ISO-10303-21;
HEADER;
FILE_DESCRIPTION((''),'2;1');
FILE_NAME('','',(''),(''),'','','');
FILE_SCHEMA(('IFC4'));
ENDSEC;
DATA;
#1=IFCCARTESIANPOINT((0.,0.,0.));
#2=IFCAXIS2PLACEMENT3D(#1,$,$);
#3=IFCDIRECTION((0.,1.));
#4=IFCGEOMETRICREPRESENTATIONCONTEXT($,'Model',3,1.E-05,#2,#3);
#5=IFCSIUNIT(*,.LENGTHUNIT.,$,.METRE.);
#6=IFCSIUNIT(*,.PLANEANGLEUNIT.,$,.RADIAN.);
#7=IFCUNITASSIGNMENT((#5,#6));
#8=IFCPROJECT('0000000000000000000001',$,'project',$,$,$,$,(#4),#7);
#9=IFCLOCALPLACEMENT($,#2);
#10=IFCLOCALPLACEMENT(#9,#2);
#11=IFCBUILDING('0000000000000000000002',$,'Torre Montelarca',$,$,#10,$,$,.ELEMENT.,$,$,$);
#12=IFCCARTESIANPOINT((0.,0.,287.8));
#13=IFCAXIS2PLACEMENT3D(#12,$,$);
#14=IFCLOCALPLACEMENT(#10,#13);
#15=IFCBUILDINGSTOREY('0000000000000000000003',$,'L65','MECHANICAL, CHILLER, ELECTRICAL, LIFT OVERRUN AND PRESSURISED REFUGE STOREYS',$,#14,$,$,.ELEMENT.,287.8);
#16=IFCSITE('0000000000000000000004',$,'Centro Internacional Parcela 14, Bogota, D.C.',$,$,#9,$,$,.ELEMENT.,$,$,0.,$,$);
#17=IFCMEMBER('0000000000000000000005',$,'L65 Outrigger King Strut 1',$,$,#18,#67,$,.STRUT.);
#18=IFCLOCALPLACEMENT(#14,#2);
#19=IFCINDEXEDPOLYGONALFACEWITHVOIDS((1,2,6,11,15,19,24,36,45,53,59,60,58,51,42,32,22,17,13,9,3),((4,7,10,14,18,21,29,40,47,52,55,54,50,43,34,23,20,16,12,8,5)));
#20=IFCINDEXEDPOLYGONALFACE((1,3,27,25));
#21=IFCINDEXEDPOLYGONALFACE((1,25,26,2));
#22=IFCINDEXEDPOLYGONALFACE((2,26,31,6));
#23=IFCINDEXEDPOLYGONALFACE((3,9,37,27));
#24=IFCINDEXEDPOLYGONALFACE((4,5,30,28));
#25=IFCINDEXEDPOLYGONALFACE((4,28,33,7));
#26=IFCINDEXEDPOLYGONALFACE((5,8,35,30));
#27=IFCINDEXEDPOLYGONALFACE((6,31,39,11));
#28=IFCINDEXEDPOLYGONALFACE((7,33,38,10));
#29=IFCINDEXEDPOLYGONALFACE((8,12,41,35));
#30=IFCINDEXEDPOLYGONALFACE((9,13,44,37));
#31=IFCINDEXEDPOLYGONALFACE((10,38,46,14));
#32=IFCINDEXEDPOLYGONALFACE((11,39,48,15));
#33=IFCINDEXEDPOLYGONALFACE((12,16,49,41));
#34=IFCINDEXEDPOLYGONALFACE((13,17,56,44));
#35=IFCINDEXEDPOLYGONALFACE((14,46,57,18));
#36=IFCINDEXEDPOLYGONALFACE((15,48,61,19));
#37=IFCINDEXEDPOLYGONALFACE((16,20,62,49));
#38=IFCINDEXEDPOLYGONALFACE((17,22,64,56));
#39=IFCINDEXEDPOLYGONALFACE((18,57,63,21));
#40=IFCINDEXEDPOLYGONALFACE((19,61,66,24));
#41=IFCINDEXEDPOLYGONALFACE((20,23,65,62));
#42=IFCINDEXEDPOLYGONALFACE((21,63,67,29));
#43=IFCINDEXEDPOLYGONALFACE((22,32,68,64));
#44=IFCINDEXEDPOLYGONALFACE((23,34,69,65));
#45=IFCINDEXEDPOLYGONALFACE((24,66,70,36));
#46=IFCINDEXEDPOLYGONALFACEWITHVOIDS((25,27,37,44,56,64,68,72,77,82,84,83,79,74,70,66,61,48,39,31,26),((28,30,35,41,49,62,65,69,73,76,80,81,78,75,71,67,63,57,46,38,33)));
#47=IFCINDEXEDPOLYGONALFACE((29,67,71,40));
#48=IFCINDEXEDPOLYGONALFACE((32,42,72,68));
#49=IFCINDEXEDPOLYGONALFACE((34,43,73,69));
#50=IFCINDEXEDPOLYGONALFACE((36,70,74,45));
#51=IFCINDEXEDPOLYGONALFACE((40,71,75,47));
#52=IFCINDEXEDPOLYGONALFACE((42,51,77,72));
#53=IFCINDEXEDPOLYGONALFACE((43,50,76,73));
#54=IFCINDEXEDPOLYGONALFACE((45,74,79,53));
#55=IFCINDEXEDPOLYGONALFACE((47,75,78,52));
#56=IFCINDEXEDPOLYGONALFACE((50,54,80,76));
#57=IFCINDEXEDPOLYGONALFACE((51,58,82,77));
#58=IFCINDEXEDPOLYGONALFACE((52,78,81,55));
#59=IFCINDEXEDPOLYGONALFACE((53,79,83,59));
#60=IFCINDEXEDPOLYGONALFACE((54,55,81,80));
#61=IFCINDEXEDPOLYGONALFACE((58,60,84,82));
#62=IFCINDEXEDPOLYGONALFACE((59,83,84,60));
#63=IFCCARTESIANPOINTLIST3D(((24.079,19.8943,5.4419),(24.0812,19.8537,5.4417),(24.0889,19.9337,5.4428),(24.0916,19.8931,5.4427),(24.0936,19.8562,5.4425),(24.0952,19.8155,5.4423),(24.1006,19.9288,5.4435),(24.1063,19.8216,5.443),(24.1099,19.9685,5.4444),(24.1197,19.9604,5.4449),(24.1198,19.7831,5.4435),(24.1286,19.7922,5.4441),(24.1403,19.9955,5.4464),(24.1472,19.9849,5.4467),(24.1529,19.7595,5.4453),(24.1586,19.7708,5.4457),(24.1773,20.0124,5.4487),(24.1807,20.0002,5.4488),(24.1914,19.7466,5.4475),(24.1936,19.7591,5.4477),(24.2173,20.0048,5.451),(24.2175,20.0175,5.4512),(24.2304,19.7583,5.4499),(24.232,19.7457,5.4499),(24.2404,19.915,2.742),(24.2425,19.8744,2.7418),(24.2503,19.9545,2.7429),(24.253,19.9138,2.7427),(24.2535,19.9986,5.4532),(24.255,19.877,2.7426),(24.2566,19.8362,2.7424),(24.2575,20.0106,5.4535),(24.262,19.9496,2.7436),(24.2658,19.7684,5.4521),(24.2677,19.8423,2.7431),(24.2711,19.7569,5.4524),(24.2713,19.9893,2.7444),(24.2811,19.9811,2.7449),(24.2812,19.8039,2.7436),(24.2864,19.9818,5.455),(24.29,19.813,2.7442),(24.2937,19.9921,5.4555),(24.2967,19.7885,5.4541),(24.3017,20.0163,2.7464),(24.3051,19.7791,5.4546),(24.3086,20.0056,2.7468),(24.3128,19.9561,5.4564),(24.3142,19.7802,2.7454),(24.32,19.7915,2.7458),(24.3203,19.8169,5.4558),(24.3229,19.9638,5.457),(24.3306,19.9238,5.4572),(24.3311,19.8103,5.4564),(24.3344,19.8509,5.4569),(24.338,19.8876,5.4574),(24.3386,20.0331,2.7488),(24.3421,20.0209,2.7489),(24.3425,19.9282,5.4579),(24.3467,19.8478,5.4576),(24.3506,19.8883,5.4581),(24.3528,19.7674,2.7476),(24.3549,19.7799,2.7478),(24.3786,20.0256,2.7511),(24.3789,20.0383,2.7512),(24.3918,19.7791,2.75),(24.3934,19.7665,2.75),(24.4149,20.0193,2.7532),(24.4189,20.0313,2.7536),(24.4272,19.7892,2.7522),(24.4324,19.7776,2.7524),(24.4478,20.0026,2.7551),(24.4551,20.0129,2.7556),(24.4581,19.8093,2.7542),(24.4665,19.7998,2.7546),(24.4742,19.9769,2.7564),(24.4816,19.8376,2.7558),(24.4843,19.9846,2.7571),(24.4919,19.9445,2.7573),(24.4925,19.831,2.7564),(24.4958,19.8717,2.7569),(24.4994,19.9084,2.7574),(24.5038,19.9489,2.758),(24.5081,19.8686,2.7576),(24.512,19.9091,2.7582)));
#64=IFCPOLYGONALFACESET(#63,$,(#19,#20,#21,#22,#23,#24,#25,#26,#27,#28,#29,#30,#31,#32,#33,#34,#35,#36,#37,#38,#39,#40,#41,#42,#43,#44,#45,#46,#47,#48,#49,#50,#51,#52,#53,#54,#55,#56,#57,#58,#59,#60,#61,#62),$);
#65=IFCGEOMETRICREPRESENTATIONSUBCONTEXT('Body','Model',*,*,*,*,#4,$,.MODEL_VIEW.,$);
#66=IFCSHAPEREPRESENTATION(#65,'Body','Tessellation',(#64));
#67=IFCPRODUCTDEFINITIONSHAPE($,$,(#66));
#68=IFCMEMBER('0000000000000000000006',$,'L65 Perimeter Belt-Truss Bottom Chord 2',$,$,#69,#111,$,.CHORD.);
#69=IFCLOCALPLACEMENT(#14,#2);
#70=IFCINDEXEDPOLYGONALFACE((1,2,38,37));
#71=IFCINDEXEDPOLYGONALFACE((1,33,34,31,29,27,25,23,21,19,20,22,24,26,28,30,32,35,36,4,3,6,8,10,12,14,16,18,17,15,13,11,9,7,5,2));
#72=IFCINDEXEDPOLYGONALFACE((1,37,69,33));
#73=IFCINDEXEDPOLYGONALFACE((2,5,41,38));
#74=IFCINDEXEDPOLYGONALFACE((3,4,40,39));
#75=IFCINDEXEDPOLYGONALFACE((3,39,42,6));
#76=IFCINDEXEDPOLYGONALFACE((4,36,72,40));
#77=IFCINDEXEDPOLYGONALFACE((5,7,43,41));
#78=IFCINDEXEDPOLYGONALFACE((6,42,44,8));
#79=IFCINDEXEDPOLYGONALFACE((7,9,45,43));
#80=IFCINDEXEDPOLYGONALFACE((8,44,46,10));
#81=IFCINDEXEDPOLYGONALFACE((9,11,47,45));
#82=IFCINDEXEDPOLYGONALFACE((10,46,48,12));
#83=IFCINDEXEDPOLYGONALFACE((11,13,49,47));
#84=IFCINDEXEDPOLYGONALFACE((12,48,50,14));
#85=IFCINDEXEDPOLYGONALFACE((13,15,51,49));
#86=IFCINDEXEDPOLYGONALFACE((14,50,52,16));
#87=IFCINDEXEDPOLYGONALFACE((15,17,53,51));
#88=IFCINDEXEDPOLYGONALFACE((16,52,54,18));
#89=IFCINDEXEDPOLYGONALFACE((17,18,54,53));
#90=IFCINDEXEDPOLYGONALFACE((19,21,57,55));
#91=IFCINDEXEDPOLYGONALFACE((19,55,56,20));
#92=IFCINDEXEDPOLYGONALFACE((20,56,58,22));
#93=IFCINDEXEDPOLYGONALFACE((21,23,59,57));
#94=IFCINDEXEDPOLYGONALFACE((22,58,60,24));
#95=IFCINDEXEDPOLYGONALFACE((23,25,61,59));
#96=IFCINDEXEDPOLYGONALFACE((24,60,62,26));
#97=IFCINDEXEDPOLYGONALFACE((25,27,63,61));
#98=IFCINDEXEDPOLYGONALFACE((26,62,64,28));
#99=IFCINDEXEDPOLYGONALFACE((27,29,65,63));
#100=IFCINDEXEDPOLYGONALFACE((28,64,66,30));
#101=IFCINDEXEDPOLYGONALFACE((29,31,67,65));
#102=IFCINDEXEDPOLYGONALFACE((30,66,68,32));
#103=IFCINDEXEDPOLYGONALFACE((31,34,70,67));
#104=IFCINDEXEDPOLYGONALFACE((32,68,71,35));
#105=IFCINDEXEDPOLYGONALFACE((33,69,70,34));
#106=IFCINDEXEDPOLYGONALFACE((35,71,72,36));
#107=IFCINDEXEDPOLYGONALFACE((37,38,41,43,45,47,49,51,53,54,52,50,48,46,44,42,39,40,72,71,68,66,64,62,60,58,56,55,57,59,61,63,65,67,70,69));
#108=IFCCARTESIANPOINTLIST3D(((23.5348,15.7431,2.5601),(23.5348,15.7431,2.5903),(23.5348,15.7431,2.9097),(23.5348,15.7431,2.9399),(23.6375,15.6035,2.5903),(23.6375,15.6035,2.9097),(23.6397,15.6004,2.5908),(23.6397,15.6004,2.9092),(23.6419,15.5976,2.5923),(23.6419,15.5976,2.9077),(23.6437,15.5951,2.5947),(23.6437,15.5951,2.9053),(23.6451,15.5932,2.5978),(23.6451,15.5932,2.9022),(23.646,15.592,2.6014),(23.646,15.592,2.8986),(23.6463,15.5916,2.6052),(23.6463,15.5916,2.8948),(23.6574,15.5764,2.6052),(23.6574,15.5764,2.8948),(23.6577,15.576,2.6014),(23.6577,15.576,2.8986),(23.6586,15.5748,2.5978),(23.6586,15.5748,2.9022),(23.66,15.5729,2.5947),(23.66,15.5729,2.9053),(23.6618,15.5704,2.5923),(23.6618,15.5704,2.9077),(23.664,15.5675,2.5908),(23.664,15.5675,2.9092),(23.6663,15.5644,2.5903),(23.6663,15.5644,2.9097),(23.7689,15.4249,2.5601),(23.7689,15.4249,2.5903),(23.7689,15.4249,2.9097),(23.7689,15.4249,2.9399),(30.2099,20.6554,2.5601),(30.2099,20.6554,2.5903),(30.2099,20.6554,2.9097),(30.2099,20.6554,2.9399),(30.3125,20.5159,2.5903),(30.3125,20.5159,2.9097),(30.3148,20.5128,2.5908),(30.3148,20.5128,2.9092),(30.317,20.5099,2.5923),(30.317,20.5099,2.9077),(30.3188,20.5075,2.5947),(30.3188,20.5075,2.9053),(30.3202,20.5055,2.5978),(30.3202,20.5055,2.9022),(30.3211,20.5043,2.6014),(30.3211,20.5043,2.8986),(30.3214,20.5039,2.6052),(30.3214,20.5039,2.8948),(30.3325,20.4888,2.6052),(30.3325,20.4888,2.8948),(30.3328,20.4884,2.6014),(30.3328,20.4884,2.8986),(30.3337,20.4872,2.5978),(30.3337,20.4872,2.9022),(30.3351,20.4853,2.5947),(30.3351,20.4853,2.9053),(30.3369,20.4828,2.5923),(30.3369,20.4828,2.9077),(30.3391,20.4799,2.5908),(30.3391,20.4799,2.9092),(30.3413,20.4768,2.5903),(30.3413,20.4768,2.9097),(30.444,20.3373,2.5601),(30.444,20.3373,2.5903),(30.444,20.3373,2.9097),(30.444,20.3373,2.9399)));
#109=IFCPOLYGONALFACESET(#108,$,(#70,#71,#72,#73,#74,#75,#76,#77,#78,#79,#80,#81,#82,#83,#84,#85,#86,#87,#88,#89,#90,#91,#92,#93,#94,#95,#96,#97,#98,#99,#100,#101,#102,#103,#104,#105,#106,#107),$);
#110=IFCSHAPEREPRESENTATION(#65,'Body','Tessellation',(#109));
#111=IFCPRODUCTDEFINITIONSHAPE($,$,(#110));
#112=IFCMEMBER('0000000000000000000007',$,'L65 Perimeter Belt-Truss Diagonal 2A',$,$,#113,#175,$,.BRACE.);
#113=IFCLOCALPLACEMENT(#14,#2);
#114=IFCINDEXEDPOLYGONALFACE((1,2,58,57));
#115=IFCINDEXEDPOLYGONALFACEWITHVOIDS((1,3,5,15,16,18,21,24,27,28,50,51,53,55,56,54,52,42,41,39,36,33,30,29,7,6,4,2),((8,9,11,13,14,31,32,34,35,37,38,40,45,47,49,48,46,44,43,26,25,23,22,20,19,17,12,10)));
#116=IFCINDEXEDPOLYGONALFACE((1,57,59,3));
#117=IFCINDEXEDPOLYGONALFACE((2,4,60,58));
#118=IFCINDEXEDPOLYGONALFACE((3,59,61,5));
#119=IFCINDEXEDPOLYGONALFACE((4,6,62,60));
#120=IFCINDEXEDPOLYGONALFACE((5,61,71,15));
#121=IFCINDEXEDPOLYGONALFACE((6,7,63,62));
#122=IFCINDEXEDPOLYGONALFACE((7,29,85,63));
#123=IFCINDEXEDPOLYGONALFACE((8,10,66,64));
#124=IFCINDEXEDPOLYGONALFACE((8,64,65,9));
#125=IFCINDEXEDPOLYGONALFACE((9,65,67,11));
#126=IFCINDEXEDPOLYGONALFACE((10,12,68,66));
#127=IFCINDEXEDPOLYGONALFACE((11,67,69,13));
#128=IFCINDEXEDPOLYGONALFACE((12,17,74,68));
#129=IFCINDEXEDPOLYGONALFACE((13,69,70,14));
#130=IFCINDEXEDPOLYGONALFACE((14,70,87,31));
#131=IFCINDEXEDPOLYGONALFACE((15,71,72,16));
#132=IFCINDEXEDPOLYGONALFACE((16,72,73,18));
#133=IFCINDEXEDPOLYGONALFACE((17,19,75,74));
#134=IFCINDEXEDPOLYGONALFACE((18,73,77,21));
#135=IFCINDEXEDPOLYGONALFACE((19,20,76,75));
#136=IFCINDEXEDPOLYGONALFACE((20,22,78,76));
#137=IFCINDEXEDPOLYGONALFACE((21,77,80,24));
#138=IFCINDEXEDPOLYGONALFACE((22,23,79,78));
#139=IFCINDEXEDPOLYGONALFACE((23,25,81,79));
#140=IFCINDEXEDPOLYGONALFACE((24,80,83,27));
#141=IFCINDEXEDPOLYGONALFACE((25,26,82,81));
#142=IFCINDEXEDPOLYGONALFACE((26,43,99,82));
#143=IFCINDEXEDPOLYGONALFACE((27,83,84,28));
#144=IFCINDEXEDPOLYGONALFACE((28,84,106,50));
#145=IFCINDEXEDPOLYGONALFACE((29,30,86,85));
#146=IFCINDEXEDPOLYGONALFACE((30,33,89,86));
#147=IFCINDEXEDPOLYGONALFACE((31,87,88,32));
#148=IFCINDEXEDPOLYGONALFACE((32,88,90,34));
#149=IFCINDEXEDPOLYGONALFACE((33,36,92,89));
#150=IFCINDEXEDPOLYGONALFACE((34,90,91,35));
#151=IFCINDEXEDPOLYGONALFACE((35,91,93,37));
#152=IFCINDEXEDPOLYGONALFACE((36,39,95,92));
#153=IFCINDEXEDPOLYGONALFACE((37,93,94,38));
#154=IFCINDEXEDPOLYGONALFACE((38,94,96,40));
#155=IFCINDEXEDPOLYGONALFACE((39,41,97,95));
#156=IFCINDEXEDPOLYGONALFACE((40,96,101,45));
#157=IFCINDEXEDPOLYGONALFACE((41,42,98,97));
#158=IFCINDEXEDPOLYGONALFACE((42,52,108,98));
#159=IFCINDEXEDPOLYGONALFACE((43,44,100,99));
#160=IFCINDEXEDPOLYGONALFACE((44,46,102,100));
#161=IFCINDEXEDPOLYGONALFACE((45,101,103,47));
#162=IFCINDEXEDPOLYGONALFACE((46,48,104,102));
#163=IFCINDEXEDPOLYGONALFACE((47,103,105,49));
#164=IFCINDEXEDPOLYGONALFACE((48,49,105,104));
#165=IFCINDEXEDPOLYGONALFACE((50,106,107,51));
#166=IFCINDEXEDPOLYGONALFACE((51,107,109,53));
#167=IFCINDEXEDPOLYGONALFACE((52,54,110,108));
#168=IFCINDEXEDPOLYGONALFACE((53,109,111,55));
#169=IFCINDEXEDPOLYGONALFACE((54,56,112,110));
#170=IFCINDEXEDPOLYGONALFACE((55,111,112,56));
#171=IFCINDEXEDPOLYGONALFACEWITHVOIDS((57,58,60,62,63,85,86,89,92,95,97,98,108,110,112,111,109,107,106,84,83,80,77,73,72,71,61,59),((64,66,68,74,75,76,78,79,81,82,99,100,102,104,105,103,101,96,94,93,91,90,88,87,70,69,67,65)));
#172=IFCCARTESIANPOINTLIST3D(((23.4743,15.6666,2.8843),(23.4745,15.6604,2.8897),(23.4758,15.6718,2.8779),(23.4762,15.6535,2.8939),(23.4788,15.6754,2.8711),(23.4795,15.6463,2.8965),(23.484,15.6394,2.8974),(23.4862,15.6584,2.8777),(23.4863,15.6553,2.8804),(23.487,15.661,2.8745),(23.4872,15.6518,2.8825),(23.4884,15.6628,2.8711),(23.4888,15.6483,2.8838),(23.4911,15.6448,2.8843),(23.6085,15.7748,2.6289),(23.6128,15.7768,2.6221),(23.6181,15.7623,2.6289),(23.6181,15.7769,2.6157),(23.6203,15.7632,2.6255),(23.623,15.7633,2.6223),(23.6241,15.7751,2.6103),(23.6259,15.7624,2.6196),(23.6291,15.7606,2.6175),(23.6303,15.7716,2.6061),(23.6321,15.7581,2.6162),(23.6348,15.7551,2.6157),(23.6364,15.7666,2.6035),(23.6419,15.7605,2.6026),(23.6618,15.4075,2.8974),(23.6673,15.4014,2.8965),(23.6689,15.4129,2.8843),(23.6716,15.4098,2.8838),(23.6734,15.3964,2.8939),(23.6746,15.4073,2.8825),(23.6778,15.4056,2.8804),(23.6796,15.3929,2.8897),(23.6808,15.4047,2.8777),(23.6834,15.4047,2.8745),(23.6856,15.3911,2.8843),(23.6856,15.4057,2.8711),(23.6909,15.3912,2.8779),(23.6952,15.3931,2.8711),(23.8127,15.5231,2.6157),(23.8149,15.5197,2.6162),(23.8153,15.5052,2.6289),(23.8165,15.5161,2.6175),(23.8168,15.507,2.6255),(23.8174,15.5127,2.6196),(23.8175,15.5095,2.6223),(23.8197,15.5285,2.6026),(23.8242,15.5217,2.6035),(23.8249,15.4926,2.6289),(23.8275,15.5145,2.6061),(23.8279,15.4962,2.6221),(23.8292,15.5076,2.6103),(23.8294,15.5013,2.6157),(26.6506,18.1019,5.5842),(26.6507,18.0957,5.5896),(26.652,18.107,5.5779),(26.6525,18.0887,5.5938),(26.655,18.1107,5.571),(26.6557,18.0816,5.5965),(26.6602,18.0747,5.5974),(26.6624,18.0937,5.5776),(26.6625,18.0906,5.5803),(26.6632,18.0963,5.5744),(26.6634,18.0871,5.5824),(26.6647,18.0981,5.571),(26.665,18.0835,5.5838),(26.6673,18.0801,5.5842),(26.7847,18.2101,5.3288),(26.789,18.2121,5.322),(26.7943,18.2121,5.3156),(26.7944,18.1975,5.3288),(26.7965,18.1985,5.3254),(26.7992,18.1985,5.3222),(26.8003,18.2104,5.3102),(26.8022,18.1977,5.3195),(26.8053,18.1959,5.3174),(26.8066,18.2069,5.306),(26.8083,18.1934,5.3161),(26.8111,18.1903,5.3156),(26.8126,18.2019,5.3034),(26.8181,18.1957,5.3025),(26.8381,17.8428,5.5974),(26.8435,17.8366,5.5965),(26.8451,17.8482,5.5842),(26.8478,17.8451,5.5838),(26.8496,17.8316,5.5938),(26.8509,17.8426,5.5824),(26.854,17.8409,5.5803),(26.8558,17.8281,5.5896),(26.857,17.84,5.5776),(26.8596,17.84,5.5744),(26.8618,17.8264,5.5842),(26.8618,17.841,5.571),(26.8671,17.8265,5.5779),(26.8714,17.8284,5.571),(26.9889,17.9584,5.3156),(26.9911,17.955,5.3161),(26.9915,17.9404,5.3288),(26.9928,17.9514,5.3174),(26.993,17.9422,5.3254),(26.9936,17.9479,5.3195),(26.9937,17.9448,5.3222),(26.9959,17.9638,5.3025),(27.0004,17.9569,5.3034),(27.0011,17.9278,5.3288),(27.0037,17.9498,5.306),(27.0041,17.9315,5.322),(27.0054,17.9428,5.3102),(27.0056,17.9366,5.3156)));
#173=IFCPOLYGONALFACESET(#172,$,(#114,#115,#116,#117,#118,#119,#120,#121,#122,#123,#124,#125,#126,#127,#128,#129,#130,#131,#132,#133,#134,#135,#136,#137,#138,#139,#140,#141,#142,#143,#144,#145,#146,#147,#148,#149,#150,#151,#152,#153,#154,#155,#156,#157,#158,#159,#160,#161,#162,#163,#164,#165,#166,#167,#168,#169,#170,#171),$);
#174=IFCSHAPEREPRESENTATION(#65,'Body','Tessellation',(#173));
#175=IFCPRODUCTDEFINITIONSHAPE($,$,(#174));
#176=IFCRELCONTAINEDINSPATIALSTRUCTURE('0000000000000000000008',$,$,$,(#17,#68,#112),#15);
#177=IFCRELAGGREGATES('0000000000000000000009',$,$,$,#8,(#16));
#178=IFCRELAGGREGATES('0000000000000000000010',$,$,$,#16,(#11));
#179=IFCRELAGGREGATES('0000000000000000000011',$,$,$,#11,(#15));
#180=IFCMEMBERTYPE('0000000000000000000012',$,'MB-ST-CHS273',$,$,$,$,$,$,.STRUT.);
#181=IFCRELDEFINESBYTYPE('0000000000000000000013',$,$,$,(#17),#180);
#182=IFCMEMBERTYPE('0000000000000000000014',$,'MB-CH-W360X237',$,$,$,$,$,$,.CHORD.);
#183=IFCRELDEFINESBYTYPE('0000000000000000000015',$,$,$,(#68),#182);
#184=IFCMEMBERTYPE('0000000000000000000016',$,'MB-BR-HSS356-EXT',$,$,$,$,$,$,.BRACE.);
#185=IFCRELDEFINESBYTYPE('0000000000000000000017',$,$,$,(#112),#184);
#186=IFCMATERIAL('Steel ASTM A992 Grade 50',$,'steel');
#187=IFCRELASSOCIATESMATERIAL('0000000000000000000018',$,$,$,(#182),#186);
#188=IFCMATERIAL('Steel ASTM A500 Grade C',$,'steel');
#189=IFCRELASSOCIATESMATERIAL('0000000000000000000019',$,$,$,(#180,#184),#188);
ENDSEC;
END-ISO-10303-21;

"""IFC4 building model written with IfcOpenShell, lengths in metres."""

from ifc_helpers import new_model, si_unit, direction, frame, origin, origin_2d, place, context, subcontext, project, spatial, hollow_rectangle, hollow_circle, i_section, extrude, source, transform, mapped, material, material_profile, profile_set, type_object, element, save


model = new_model("IFC4")

# Units and contexts
model_context = context("Model", 3, precision=1e-05, world=origin(), true_north=direction((0.0, 1.0)))
body_context = subcontext(model_context, "Body", "Model", "MODEL_VIEW")
ifc_project = project(units=[si_unit("LENGTHUNIT", "METRE"), si_unit("PLANEANGLEUNIT", "RADIAN")], contexts=[model_context])

# Site, building, storey
site_placement = place(None, origin())
site = spatial("IfcSite", under=ifc_project, at=site_placement, Name="Centro Internacional Parcela 14, Bogota, D.C.", CompositionType="ELEMENT", RefElevation=0.0)
building_placement = place(site_placement, origin())
building = spatial("IfcBuilding", under=site, at=building_placement, Name="Torre Montelarca", CompositionType="ELEMENT")
storey_placement = place(building_placement, frame((0.0, 0.0, 287.8)))
storey = spatial("IfcBuildingStorey", under=building, at=storey_placement, Name="L65", Description="MECHANICAL, CHILLER, ELECTRICAL, LIFT OVERRUN AND PRESSURISED REFUGE STOREYS", CompositionType="ELEMENT", Elevation=287.8)

# Members
ifc_material_1 = material(Name="Steel ASTM A992 Grade 50", Category="steel")
ifc_material_profile_1 = material_profile(ifc_material_1, i_section(OverallWidth=0.395, OverallDepth=0.3799, WebThickness=0.0188, FlangeThickness=0.0303, FilletRadius=0.0149, at=origin_2d()), Name="W360X237", Category="steel")
ifc_profile_set_1 = profile_set([ifc_material_profile_1], Name="Steel ASTM A992 Grade 50")
member_type_1 = type_object("IfcMemberType", Name="MB-CH-W360X237", PredefinedType="CHORD", material=ifc_profile_set_1)
ifc_material_2 = material(Name="Steel ASTM A500 Grade C", Category="steel")
ifc_material_profile_2 = material_profile(ifc_material_2, hollow_circle(Radius=0.1365, WallThickness=0.0127, at=origin_2d()), Name="HSS273.1X12.7", Category="steel")
ifc_profile_set_2 = profile_set([ifc_material_profile_2], Name="Steel ASTM A500 Grade C")
member_type_2 = type_object("IfcMemberType", Name="MB-ST-CHS273", PredefinedType="STRUT", material=ifc_profile_set_2)
shared_shape_1 = source(origin(), body_context, "Body", "SweptSolid", [
    extrude(hollow_circle(Radius=0.1365, WallThickness=0.0127, at=origin_2d()), origin(), (0.0, 0.0, 1.0), 2.7048),
])
member_1_placement = place(storey_placement, frame((24.376, 19.9019, 2.75), z_axis=(-0.059662, -0.007672, 0.998189), x_axis=(0.127543, -0.991833, 0.0)))
element("IfcMember", 1, at=member_1_placement, inside=storey, type_object=member_type_2, Name="L65 Outrigger King Strut 1", PredefinedType="STRUT", context=body_context, shape_type="MappedRepresentation", body=[
    mapped(shared_shape_1, transform((0.0, 0.0, 0.0), scale=1.0)),
])
shared_shape_2 = source(origin(), body_context, "Body", "SweptSolid", [
    extrude(i_section(OverallWidth=0.395, OverallDepth=0.3799, WebThickness=0.0188, FlangeThickness=0.0303, FilletRadius=0.0149, at=origin_2d()), origin(), (0.0, 0.0, 1.0), 8.2878),
])
member_2_placement = place(storey_placement, frame((23.6519, 15.584, 2.75), z_axis=(0.805407, 0.592722, 0.0), x_axis=(-0.592722, 0.805407, 0.0)))
element("IfcMember", 2, at=member_2_placement, inside=storey, type_object=member_type_1, Name="L65 Perimeter Belt-Truss Bottom Chord 2", PredefinedType="CHORD", context=body_context, shape_type="MappedRepresentation", body=[
    mapped(shared_shape_2, transform((0.0, 0.0, 0.0), scale=1.0)),
])
ifc_material_profile_3 = material_profile(ifc_material_2, hollow_rectangle(XDim=0.3557, YDim=0.3557, WallThickness=0.0159, InnerFilletRadius=0.0159, OuterFilletRadius=0.0317, at=origin_2d()), Name="HSS356X356X15.9", Category="steel")
ifc_profile_set_3 = profile_set([ifc_material_profile_3], Name="Steel ASTM A500 Grade C")
member_type_3 = type_object("IfcMemberType", Name="MB-BR-HSS356-EXT", PredefinedType="BRACE", material=ifc_profile_set_3)
shared_shape_3 = source(origin(), body_context, "Body", "SweptSolid", [
    extrude(hollow_rectangle(XDim=0.3557, YDim=0.3557, WallThickness=0.0159, InnerFilletRadius=0.0159, OuterFilletRadius=0.0317, at=origin_2d()), origin(), (0.0, 0.0, 1.0), 4.8279),
])
member_3_placement = place(storey_placement, frame((23.6519, 15.584, 2.75), z_axis=(0.657892, 0.504417, 0.559233), x_axis=(-0.608457, 0.793587, 0.0)))
element("IfcMember", 3, at=member_3_placement, inside=storey, type_object=member_type_3, Name="L65 Perimeter Belt-Truss Diagonal 2A", PredefinedType="BRACE", context=body_context, shape_type="MappedRepresentation", body=[
    mapped(shared_shape_3, transform((0.0, 0.0, 0.0), scale=1.0)),
])

save(model, "model.ifc")
